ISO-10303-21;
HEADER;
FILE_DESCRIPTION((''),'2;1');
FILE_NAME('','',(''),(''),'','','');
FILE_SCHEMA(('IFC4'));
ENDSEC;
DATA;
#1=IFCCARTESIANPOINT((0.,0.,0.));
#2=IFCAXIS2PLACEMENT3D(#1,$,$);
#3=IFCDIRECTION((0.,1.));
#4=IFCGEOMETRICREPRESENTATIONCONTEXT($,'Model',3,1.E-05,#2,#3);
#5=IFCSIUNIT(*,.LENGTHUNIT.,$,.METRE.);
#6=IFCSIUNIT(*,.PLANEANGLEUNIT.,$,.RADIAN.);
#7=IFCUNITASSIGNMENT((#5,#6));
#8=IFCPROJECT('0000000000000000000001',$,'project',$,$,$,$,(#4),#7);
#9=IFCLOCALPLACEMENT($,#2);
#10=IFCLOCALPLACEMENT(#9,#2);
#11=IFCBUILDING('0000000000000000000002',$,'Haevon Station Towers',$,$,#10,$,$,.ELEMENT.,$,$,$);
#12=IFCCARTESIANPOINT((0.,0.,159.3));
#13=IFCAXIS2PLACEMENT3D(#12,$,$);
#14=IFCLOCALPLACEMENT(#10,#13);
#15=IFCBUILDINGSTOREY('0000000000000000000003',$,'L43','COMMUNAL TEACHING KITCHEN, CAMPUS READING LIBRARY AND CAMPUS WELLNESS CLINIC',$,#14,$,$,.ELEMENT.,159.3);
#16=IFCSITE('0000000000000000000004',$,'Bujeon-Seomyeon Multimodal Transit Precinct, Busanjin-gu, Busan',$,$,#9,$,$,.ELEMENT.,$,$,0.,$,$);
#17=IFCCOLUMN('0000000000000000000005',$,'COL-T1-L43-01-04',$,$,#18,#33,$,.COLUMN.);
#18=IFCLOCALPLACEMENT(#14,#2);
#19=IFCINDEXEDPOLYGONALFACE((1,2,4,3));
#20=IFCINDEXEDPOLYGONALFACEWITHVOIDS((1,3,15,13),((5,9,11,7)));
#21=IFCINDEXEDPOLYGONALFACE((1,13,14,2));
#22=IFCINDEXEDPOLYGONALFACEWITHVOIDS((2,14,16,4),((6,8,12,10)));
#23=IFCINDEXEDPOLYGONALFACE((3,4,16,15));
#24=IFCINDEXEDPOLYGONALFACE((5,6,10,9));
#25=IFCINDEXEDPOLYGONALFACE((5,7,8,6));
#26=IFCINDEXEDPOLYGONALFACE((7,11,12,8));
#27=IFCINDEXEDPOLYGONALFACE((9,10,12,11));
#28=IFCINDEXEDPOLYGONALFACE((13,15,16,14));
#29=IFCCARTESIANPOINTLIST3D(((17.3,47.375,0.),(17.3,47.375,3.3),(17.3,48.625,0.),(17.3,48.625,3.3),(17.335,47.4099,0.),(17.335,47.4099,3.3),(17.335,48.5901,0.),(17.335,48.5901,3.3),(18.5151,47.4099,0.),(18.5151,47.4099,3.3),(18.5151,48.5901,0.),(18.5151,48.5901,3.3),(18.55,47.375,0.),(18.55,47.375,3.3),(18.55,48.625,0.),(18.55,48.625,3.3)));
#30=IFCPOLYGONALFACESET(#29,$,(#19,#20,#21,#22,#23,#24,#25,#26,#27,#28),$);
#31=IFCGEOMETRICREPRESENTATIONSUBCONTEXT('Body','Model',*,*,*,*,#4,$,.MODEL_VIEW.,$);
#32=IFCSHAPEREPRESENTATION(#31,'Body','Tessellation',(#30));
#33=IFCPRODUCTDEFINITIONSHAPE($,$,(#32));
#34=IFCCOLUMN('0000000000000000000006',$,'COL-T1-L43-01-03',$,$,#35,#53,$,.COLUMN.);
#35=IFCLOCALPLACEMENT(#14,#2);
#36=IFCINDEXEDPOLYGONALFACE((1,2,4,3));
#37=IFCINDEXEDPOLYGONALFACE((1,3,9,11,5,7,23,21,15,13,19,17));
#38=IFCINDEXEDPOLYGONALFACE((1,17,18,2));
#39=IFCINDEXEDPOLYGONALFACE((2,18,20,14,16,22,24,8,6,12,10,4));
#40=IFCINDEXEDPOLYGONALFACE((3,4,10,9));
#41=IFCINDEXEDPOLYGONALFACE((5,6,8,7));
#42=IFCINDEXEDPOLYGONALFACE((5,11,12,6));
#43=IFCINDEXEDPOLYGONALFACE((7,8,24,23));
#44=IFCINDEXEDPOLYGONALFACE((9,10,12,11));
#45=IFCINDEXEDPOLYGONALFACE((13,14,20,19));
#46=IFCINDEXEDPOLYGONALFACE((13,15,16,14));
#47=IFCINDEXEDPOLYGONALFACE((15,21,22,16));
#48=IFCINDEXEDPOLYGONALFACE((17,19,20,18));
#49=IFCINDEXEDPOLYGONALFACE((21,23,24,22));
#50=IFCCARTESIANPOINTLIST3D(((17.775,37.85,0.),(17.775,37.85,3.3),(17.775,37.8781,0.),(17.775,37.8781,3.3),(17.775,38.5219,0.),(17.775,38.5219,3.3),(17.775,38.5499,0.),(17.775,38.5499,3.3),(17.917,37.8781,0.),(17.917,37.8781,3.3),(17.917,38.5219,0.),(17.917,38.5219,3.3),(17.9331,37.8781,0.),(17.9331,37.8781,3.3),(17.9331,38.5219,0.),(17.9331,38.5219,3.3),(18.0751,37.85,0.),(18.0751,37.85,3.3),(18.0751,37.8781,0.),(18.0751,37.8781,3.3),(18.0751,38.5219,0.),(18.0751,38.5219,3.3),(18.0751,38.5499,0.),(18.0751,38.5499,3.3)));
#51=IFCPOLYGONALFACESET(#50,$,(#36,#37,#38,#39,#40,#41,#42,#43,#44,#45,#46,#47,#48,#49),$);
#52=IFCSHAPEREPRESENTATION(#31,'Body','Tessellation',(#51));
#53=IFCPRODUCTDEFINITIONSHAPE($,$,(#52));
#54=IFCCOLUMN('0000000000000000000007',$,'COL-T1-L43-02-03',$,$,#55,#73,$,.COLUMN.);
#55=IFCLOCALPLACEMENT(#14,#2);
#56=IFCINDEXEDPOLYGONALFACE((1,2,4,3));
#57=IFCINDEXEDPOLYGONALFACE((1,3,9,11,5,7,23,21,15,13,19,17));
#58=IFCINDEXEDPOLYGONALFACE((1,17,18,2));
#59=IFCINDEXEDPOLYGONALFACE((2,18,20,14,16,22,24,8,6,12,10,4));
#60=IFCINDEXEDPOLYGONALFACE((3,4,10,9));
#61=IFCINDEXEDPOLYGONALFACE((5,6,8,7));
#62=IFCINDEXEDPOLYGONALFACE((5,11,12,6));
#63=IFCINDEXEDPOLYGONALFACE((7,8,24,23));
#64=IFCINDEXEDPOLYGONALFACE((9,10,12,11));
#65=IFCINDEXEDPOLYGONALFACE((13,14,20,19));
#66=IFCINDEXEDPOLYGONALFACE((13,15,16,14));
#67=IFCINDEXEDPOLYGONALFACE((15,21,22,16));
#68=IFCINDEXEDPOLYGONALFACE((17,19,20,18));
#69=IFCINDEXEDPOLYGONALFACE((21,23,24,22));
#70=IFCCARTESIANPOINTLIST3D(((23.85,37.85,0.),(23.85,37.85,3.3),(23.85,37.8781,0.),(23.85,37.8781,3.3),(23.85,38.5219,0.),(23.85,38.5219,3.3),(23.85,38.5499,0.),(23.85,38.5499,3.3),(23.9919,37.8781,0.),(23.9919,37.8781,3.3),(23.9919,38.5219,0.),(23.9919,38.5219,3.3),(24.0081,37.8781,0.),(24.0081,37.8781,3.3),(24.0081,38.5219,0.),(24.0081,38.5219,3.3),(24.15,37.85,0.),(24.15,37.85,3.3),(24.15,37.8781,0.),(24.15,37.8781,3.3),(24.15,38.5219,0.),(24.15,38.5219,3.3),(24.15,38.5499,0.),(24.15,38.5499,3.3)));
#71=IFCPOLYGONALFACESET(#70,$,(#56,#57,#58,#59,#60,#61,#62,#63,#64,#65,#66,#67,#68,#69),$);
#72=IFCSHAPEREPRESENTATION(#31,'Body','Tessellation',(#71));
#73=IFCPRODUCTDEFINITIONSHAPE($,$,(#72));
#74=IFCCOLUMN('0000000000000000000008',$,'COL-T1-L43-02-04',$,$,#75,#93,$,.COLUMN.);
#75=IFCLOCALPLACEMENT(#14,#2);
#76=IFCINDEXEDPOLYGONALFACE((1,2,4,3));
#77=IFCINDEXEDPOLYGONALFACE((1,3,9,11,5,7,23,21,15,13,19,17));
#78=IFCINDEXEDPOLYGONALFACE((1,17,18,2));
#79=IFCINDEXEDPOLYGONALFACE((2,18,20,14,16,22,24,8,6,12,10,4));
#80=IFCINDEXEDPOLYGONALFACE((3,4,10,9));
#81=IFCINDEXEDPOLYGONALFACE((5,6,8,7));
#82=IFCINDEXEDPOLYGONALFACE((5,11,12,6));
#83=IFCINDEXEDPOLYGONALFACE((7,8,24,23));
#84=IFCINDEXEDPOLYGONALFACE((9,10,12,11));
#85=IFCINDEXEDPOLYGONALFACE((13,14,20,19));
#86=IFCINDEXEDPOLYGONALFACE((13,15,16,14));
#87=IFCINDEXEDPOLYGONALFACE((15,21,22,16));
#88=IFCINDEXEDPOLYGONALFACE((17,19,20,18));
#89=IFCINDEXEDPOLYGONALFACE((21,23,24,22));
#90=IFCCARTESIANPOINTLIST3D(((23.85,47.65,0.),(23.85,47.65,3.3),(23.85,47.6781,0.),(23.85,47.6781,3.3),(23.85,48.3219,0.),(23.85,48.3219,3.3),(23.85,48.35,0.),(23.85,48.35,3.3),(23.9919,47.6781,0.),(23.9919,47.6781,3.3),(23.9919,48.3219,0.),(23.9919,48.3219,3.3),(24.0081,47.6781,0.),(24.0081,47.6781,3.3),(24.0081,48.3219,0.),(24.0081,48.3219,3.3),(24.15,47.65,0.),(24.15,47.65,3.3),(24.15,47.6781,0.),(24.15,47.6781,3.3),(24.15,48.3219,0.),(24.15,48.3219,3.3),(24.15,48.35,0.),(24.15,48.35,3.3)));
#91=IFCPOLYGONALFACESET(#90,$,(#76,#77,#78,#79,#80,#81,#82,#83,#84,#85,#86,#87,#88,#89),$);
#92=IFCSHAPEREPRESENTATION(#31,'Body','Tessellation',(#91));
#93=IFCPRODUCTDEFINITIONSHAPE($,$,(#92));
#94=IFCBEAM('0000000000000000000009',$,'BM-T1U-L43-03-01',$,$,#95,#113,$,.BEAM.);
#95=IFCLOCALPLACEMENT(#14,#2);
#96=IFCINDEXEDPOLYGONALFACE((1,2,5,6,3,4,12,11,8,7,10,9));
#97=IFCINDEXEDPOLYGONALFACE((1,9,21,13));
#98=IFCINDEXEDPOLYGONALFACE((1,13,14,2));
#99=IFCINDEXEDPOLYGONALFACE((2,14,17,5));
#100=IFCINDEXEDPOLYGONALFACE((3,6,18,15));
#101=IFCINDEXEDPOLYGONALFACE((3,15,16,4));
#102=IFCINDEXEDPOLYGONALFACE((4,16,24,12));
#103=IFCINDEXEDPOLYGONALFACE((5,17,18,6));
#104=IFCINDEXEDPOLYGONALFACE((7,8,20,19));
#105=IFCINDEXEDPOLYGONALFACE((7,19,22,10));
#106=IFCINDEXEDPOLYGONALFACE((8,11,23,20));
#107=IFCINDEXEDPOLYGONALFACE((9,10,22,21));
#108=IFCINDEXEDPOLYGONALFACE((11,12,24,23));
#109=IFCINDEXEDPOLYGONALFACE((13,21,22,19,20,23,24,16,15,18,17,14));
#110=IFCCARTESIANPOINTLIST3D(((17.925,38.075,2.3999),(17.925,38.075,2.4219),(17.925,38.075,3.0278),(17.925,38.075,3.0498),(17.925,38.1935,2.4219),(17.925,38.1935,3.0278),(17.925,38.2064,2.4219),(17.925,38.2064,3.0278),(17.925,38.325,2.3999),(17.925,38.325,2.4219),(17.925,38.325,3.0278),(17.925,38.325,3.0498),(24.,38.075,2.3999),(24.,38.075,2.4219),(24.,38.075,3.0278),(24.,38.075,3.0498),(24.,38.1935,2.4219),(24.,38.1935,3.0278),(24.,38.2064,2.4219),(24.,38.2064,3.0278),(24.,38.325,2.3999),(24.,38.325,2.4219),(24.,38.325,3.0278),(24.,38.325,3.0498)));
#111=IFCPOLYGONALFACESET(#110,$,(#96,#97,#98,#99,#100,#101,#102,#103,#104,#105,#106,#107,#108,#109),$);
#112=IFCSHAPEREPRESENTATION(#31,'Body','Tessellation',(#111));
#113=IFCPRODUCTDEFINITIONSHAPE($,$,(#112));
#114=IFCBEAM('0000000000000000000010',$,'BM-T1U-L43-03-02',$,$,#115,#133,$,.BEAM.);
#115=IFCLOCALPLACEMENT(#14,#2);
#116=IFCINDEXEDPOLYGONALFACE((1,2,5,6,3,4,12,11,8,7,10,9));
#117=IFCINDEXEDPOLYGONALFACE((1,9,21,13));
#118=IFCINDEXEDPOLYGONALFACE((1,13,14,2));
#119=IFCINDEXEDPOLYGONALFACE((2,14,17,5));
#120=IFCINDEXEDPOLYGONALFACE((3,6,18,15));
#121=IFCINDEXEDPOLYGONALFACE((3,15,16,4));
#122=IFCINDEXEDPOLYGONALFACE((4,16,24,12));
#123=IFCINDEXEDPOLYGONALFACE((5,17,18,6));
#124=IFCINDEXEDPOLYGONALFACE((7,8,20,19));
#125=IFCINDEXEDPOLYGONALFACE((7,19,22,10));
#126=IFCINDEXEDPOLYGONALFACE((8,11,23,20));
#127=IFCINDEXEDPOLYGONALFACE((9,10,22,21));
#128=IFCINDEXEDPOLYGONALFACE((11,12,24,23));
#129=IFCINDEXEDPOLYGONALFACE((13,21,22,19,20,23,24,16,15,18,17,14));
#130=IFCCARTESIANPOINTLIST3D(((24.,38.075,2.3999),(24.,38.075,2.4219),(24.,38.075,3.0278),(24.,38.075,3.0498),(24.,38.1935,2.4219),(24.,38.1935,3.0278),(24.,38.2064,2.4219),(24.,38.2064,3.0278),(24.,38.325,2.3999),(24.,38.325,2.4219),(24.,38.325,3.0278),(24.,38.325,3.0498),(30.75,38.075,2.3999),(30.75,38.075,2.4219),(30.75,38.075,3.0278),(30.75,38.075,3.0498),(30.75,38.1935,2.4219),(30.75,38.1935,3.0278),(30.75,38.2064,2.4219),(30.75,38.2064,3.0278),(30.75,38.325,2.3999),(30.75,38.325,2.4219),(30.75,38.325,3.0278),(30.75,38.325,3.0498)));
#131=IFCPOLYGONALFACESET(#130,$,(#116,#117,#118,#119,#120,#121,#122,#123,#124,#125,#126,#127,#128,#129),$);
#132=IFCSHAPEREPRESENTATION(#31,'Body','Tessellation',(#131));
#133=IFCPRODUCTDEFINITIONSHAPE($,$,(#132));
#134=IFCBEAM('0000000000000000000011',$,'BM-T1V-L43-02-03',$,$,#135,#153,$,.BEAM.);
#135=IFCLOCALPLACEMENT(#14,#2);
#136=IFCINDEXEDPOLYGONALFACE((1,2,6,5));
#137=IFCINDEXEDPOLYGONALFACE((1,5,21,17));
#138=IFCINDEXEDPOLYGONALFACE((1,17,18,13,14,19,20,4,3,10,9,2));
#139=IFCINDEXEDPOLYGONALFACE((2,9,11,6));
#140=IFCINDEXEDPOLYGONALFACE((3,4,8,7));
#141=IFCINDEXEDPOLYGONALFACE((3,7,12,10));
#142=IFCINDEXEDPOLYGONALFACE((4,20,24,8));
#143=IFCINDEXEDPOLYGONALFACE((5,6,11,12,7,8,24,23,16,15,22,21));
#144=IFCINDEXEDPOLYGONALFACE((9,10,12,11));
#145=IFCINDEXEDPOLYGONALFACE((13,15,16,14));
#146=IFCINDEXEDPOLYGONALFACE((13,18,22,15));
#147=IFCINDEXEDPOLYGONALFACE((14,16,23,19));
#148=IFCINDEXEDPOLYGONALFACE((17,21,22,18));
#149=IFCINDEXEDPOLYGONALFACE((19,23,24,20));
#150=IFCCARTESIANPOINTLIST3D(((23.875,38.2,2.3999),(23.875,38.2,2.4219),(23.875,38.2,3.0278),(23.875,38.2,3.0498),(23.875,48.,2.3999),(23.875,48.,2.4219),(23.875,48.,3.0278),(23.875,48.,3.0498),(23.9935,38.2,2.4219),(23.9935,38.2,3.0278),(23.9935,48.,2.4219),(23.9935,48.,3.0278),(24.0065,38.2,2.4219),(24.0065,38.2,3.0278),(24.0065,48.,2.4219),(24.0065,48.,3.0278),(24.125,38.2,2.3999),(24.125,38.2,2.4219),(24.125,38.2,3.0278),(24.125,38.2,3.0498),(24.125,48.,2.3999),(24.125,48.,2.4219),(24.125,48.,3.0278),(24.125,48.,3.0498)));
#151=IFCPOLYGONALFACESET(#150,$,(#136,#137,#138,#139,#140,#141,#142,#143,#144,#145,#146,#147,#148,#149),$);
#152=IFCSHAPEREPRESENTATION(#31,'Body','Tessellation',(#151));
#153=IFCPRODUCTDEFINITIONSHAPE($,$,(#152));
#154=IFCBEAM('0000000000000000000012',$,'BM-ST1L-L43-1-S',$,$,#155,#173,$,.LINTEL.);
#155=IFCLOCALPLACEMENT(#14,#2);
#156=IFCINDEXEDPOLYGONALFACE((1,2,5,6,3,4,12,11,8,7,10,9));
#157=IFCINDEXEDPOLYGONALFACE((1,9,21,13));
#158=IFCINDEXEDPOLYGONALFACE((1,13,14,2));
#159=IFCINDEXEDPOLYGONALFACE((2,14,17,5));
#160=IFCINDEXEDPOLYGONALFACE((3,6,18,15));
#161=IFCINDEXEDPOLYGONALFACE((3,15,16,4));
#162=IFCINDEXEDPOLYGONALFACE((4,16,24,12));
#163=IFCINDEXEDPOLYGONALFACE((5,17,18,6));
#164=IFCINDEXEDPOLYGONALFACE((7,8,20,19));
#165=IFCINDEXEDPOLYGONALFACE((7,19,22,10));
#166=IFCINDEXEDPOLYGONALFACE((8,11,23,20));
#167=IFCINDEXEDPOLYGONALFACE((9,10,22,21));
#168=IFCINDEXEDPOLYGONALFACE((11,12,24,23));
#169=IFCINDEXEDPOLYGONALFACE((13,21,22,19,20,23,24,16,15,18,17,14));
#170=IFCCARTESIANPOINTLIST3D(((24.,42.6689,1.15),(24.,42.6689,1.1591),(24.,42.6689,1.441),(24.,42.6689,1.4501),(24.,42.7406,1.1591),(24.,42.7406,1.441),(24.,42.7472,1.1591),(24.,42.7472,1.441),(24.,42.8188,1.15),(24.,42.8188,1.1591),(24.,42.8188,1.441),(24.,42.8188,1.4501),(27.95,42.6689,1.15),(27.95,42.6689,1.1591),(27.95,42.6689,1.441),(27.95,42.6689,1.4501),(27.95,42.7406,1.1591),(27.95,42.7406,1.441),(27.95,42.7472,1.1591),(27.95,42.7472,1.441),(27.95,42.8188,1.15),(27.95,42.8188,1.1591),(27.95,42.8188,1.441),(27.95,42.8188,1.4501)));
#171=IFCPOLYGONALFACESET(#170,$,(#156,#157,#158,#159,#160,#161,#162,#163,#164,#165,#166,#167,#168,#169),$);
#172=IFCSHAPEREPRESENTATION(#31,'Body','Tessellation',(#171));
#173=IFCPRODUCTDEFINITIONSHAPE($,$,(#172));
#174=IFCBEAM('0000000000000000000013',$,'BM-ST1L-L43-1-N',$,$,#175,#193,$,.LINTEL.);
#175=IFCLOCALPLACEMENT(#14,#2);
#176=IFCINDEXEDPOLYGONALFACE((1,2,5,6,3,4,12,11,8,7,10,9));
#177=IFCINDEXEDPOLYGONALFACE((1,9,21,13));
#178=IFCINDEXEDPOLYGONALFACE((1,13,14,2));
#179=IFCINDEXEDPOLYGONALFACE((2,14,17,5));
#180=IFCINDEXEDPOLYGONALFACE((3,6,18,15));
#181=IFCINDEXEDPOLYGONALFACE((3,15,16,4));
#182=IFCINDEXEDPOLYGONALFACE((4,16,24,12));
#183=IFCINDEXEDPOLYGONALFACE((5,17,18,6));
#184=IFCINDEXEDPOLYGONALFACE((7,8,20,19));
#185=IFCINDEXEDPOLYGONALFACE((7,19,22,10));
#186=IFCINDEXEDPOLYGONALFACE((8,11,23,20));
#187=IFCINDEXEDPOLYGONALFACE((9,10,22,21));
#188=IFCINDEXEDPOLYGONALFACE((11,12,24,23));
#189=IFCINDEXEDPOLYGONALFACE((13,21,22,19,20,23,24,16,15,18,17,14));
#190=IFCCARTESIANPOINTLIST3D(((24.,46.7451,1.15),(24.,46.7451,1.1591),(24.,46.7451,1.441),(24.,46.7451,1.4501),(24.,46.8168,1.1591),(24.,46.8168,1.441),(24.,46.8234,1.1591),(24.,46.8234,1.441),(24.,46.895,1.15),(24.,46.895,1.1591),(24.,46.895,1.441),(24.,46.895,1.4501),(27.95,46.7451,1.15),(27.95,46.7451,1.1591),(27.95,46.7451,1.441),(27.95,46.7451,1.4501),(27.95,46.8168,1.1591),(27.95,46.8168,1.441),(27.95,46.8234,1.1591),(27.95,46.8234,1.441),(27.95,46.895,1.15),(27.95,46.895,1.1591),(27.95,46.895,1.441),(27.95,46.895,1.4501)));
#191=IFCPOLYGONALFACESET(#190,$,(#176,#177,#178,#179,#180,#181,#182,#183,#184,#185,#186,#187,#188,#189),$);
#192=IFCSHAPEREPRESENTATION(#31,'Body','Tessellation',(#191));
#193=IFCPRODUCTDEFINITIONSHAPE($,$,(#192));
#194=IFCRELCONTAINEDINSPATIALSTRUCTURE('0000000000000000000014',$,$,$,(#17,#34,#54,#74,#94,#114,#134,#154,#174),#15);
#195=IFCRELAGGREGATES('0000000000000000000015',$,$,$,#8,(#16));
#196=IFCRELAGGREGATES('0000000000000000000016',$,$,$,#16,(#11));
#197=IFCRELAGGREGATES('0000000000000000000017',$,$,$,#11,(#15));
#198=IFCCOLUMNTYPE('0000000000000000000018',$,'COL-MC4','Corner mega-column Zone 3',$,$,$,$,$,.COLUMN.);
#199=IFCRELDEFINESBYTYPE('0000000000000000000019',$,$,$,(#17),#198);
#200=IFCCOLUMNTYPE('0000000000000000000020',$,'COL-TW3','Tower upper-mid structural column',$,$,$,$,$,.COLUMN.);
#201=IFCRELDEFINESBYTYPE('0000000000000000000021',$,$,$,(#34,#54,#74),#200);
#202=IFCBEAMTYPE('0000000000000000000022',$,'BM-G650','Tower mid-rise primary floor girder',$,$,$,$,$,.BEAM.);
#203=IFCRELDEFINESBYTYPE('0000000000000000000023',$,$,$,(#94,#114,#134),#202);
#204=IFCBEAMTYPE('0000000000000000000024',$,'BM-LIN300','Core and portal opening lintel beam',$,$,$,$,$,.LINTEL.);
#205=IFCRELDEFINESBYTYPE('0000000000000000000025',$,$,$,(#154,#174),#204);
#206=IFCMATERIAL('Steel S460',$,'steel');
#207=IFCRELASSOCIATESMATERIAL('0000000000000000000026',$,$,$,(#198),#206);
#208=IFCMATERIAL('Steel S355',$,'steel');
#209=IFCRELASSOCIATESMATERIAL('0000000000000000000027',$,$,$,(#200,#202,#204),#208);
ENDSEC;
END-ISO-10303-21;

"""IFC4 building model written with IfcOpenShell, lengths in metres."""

from ifc_helpers import new_model, si_unit, direction, frame, origin, origin_2d, place, context, subcontext, project, spatial, hollow_rectangle, i_section, extrude, material, material_profile, profile_set, type_object, element, save


model = new_model("IFC4")

# Units and contexts
model_context = context("Model", 3, precision=1e-05, world=origin(), true_north=direction((0.0, 1.0)))
body_context = subcontext(model_context, "Body", "Model", "MODEL_VIEW")
ifc_project = project(units=[si_unit("LENGTHUNIT", "METRE"), si_unit("PLANEANGLEUNIT", "RADIAN")], contexts=[model_context])

# Site, building, storey
site_placement = place(None, origin())
site = spatial("IfcSite", under=ifc_project, at=site_placement, Name="Bujeon-Seomyeon Multimodal Transit Precinct, Busanjin-gu, Busan", CompositionType="ELEMENT", RefElevation=0.0)
building_placement = place(site_placement, origin())
building = spatial("IfcBuilding", under=site, at=building_placement, Name="Haevon Station Towers", CompositionType="ELEMENT")
storey_placement = place(building_placement, frame((0.0, 0.0, 159.3)))
storey = spatial("IfcBuildingStorey", under=building, at=storey_placement, Name="L43", Description="COMMUNAL TEACHING KITCHEN, CAMPUS READING LIBRARY AND CAMPUS WELLNESS CLINIC", CompositionType="ELEMENT", Elevation=159.3)

# Columns
ifc_material_1 = material(Name="Steel S460", Category="steel")
ifc_material_profile_1 = material_profile(ifc_material_1, hollow_rectangle(XDim=1.25, YDim=1.25, WallThickness=0.0349, at=origin_2d()), Name="BOX-1250x1250x35")
ifc_profile_set_1 = profile_set([ifc_material_profile_1], Name="Steel S460")
column_type_1 = type_object("IfcColumnType", Name="COL-MC4", Description="Corner mega-column Zone 3", PredefinedType="COLUMN", material=ifc_profile_set_1)
column_placement = place(storey_placement, frame((17.925, 48.0, 0.0), z_axis=(0.0, 0.0, 1.0), x_axis=(1.0, 0.0, 0.0)))
element("IfcColumn", 1, at=column_placement, inside=storey, type_object=column_type_1, Name="COL-T1-L43-01-04", PredefinedType="COLUMN", context=body_context, shape_type="SweptSolid", body=[
    extrude(hollow_rectangle(XDim=1.25, YDim=1.25, WallThickness=0.0349, at=origin_2d()), origin(), (0.0, 0.0, 1.0), 3.3),
])
ifc_material_2 = material(Name="Steel S355", Category="steel")
ifc_material_profile_2 = material_profile(ifc_material_2, i_section(OverallWidth=0.3, OverallDepth=0.7, WebThickness=0.0161, FlangeThickness=0.0281, at=origin_2d()), Name="H-700x300x16x28")
ifc_profile_set_2 = profile_set([ifc_material_profile_2], Name="Steel S355")
column_type_2 = type_object("IfcColumnType", Name="COL-TW3", Description="Tower upper-mid structural column", PredefinedType="COLUMN", material=ifc_profile_set_2)
for number, where, z_axis, x_axis, name in (
    (2, (17.925, 38.2, 0.0), (0.0, 0.0, 1.0), (1.0, 0.0, 0.0), "COL-T1-L43-01-03"),
    (3, (24.0, 38.2, 0.0), (0.0, 0.0, 1.0), (1.0, 0.0, 0.0), "COL-T1-L43-02-03"),
    (4, (24.0, 48.0, 0.0), (0.0, 0.0, 1.0), (1.0, 0.0, 0.0), "COL-T1-L43-02-04"),
):
    element("IfcColumn", number, at=place(storey_placement, frame(where, z_axis=z_axis, x_axis=x_axis)), inside=storey, type_object=column_type_2, Name=name, PredefinedType="COLUMN", context=body_context, shape_type="SweptSolid", body=[
        extrude(i_section(OverallWidth=0.3, OverallDepth=0.7, WebThickness=0.0161, FlangeThickness=0.0281, at=origin_2d()), origin(), (0.0, 0.0, 1.0), 3.3),
    ])

# Beams
ifc_material_profile_3 = material_profile(ifc_material_2, i_section(OverallWidth=0.25, OverallDepth=0.6499, WebThickness=0.0129, FlangeThickness=0.022, at=origin_2d()), Name="H-650x250x13x22")
ifc_profile_set_3 = profile_set([ifc_material_profile_3], Name="Steel S355")
beam_type_1 = type_object("IfcBeamType", Name="BM-G650", Description="Tower mid-rise primary floor girder", PredefinedType="BEAM", material=ifc_profile_set_3)
beam_1_placement = place(storey_placement, frame((17.925, 38.2, 2.7249), z_axis=(1.0, 0.0, 0.0), x_axis=(0.0, 1.0, 0.0)))
element("IfcBeam", 5, at=beam_1_placement, inside=storey, type_object=beam_type_1, Name="BM-T1U-L43-03-01", PredefinedType="BEAM", context=body_context, shape_type="SweptSolid", body=[
    extrude(i_section(OverallWidth=0.25, OverallDepth=0.6499, WebThickness=0.0129, FlangeThickness=0.022, at=origin_2d()), origin(), (0.0, 0.0, 1.0), 6.075),
])
beam_2_placement = place(storey_placement, frame((24.0, 38.2, 2.7249), z_axis=(1.0, 0.0, 0.0), x_axis=(0.0, 1.0, 0.0)))
element("IfcBeam", 6, at=beam_2_placement, inside=storey, type_object=beam_type_1, Name="BM-T1U-L43-03-02", PredefinedType="BEAM", context=body_context, shape_type="SweptSolid", body=[
    extrude(i_section(OverallWidth=0.25, OverallDepth=0.6499, WebThickness=0.0129, FlangeThickness=0.022, at=origin_2d()), origin(), (0.0, 0.0, 1.0), 6.75),
])
beam_3_placement = place(storey_placement, frame((24.0, 38.2, 2.7249), z_axis=(0.0, 1.0, 0.0), x_axis=(-1.0, 0.0, 0.0)))
element("IfcBeam", 7, at=beam_3_placement, inside=storey, type_object=beam_type_1, Name="BM-T1V-L43-02-03", PredefinedType="BEAM", context=body_context, shape_type="SweptSolid", body=[
    extrude(i_section(OverallWidth=0.25, OverallDepth=0.6499, WebThickness=0.0129, FlangeThickness=0.022, at=origin_2d()), origin(), (0.0, 0.0, 1.0), 9.8),
])
ifc_material_profile_4 = material_profile(ifc_material_2, i_section(OverallWidth=0.1499, OverallDepth=0.3, WebThickness=0.0066, FlangeThickness=0.009, at=origin_2d()), Name="H-300x150x6.5x9")
ifc_profile_set_4 = profile_set([ifc_material_profile_4], Name="Steel S355")
beam_type_2 = type_object("IfcBeamType", Name="BM-LIN300", Description="Core and portal opening lintel beam", PredefinedType="LINTEL", material=ifc_profile_set_4)
for number, where, z_axis, x_axis, name in (
    (8, (24.0, 42.7439, 1.3), (1.0, 0.0, 0.0), (0.0, 1.0, 0.0), "BM-ST1L-L43-1-S"),
    (9, (24.0, 46.8201, 1.3), (1.0, 0.0, 0.0), (0.0, 1.0, 0.0), "BM-ST1L-L43-1-N"),
):
    element("IfcBeam", number, at=place(storey_placement, frame(where, z_axis=z_axis, x_axis=x_axis)), inside=storey, type_object=beam_type_2, Name=name, PredefinedType="LINTEL", context=body_context, shape_type="SweptSolid", body=[
        extrude(i_section(OverallWidth=0.1499, OverallDepth=0.3, WebThickness=0.0066, FlangeThickness=0.009, at=origin_2d()), origin(), (0.0, 0.0, 1.0), 3.95),
    ])

save(model, "model.ifc")
